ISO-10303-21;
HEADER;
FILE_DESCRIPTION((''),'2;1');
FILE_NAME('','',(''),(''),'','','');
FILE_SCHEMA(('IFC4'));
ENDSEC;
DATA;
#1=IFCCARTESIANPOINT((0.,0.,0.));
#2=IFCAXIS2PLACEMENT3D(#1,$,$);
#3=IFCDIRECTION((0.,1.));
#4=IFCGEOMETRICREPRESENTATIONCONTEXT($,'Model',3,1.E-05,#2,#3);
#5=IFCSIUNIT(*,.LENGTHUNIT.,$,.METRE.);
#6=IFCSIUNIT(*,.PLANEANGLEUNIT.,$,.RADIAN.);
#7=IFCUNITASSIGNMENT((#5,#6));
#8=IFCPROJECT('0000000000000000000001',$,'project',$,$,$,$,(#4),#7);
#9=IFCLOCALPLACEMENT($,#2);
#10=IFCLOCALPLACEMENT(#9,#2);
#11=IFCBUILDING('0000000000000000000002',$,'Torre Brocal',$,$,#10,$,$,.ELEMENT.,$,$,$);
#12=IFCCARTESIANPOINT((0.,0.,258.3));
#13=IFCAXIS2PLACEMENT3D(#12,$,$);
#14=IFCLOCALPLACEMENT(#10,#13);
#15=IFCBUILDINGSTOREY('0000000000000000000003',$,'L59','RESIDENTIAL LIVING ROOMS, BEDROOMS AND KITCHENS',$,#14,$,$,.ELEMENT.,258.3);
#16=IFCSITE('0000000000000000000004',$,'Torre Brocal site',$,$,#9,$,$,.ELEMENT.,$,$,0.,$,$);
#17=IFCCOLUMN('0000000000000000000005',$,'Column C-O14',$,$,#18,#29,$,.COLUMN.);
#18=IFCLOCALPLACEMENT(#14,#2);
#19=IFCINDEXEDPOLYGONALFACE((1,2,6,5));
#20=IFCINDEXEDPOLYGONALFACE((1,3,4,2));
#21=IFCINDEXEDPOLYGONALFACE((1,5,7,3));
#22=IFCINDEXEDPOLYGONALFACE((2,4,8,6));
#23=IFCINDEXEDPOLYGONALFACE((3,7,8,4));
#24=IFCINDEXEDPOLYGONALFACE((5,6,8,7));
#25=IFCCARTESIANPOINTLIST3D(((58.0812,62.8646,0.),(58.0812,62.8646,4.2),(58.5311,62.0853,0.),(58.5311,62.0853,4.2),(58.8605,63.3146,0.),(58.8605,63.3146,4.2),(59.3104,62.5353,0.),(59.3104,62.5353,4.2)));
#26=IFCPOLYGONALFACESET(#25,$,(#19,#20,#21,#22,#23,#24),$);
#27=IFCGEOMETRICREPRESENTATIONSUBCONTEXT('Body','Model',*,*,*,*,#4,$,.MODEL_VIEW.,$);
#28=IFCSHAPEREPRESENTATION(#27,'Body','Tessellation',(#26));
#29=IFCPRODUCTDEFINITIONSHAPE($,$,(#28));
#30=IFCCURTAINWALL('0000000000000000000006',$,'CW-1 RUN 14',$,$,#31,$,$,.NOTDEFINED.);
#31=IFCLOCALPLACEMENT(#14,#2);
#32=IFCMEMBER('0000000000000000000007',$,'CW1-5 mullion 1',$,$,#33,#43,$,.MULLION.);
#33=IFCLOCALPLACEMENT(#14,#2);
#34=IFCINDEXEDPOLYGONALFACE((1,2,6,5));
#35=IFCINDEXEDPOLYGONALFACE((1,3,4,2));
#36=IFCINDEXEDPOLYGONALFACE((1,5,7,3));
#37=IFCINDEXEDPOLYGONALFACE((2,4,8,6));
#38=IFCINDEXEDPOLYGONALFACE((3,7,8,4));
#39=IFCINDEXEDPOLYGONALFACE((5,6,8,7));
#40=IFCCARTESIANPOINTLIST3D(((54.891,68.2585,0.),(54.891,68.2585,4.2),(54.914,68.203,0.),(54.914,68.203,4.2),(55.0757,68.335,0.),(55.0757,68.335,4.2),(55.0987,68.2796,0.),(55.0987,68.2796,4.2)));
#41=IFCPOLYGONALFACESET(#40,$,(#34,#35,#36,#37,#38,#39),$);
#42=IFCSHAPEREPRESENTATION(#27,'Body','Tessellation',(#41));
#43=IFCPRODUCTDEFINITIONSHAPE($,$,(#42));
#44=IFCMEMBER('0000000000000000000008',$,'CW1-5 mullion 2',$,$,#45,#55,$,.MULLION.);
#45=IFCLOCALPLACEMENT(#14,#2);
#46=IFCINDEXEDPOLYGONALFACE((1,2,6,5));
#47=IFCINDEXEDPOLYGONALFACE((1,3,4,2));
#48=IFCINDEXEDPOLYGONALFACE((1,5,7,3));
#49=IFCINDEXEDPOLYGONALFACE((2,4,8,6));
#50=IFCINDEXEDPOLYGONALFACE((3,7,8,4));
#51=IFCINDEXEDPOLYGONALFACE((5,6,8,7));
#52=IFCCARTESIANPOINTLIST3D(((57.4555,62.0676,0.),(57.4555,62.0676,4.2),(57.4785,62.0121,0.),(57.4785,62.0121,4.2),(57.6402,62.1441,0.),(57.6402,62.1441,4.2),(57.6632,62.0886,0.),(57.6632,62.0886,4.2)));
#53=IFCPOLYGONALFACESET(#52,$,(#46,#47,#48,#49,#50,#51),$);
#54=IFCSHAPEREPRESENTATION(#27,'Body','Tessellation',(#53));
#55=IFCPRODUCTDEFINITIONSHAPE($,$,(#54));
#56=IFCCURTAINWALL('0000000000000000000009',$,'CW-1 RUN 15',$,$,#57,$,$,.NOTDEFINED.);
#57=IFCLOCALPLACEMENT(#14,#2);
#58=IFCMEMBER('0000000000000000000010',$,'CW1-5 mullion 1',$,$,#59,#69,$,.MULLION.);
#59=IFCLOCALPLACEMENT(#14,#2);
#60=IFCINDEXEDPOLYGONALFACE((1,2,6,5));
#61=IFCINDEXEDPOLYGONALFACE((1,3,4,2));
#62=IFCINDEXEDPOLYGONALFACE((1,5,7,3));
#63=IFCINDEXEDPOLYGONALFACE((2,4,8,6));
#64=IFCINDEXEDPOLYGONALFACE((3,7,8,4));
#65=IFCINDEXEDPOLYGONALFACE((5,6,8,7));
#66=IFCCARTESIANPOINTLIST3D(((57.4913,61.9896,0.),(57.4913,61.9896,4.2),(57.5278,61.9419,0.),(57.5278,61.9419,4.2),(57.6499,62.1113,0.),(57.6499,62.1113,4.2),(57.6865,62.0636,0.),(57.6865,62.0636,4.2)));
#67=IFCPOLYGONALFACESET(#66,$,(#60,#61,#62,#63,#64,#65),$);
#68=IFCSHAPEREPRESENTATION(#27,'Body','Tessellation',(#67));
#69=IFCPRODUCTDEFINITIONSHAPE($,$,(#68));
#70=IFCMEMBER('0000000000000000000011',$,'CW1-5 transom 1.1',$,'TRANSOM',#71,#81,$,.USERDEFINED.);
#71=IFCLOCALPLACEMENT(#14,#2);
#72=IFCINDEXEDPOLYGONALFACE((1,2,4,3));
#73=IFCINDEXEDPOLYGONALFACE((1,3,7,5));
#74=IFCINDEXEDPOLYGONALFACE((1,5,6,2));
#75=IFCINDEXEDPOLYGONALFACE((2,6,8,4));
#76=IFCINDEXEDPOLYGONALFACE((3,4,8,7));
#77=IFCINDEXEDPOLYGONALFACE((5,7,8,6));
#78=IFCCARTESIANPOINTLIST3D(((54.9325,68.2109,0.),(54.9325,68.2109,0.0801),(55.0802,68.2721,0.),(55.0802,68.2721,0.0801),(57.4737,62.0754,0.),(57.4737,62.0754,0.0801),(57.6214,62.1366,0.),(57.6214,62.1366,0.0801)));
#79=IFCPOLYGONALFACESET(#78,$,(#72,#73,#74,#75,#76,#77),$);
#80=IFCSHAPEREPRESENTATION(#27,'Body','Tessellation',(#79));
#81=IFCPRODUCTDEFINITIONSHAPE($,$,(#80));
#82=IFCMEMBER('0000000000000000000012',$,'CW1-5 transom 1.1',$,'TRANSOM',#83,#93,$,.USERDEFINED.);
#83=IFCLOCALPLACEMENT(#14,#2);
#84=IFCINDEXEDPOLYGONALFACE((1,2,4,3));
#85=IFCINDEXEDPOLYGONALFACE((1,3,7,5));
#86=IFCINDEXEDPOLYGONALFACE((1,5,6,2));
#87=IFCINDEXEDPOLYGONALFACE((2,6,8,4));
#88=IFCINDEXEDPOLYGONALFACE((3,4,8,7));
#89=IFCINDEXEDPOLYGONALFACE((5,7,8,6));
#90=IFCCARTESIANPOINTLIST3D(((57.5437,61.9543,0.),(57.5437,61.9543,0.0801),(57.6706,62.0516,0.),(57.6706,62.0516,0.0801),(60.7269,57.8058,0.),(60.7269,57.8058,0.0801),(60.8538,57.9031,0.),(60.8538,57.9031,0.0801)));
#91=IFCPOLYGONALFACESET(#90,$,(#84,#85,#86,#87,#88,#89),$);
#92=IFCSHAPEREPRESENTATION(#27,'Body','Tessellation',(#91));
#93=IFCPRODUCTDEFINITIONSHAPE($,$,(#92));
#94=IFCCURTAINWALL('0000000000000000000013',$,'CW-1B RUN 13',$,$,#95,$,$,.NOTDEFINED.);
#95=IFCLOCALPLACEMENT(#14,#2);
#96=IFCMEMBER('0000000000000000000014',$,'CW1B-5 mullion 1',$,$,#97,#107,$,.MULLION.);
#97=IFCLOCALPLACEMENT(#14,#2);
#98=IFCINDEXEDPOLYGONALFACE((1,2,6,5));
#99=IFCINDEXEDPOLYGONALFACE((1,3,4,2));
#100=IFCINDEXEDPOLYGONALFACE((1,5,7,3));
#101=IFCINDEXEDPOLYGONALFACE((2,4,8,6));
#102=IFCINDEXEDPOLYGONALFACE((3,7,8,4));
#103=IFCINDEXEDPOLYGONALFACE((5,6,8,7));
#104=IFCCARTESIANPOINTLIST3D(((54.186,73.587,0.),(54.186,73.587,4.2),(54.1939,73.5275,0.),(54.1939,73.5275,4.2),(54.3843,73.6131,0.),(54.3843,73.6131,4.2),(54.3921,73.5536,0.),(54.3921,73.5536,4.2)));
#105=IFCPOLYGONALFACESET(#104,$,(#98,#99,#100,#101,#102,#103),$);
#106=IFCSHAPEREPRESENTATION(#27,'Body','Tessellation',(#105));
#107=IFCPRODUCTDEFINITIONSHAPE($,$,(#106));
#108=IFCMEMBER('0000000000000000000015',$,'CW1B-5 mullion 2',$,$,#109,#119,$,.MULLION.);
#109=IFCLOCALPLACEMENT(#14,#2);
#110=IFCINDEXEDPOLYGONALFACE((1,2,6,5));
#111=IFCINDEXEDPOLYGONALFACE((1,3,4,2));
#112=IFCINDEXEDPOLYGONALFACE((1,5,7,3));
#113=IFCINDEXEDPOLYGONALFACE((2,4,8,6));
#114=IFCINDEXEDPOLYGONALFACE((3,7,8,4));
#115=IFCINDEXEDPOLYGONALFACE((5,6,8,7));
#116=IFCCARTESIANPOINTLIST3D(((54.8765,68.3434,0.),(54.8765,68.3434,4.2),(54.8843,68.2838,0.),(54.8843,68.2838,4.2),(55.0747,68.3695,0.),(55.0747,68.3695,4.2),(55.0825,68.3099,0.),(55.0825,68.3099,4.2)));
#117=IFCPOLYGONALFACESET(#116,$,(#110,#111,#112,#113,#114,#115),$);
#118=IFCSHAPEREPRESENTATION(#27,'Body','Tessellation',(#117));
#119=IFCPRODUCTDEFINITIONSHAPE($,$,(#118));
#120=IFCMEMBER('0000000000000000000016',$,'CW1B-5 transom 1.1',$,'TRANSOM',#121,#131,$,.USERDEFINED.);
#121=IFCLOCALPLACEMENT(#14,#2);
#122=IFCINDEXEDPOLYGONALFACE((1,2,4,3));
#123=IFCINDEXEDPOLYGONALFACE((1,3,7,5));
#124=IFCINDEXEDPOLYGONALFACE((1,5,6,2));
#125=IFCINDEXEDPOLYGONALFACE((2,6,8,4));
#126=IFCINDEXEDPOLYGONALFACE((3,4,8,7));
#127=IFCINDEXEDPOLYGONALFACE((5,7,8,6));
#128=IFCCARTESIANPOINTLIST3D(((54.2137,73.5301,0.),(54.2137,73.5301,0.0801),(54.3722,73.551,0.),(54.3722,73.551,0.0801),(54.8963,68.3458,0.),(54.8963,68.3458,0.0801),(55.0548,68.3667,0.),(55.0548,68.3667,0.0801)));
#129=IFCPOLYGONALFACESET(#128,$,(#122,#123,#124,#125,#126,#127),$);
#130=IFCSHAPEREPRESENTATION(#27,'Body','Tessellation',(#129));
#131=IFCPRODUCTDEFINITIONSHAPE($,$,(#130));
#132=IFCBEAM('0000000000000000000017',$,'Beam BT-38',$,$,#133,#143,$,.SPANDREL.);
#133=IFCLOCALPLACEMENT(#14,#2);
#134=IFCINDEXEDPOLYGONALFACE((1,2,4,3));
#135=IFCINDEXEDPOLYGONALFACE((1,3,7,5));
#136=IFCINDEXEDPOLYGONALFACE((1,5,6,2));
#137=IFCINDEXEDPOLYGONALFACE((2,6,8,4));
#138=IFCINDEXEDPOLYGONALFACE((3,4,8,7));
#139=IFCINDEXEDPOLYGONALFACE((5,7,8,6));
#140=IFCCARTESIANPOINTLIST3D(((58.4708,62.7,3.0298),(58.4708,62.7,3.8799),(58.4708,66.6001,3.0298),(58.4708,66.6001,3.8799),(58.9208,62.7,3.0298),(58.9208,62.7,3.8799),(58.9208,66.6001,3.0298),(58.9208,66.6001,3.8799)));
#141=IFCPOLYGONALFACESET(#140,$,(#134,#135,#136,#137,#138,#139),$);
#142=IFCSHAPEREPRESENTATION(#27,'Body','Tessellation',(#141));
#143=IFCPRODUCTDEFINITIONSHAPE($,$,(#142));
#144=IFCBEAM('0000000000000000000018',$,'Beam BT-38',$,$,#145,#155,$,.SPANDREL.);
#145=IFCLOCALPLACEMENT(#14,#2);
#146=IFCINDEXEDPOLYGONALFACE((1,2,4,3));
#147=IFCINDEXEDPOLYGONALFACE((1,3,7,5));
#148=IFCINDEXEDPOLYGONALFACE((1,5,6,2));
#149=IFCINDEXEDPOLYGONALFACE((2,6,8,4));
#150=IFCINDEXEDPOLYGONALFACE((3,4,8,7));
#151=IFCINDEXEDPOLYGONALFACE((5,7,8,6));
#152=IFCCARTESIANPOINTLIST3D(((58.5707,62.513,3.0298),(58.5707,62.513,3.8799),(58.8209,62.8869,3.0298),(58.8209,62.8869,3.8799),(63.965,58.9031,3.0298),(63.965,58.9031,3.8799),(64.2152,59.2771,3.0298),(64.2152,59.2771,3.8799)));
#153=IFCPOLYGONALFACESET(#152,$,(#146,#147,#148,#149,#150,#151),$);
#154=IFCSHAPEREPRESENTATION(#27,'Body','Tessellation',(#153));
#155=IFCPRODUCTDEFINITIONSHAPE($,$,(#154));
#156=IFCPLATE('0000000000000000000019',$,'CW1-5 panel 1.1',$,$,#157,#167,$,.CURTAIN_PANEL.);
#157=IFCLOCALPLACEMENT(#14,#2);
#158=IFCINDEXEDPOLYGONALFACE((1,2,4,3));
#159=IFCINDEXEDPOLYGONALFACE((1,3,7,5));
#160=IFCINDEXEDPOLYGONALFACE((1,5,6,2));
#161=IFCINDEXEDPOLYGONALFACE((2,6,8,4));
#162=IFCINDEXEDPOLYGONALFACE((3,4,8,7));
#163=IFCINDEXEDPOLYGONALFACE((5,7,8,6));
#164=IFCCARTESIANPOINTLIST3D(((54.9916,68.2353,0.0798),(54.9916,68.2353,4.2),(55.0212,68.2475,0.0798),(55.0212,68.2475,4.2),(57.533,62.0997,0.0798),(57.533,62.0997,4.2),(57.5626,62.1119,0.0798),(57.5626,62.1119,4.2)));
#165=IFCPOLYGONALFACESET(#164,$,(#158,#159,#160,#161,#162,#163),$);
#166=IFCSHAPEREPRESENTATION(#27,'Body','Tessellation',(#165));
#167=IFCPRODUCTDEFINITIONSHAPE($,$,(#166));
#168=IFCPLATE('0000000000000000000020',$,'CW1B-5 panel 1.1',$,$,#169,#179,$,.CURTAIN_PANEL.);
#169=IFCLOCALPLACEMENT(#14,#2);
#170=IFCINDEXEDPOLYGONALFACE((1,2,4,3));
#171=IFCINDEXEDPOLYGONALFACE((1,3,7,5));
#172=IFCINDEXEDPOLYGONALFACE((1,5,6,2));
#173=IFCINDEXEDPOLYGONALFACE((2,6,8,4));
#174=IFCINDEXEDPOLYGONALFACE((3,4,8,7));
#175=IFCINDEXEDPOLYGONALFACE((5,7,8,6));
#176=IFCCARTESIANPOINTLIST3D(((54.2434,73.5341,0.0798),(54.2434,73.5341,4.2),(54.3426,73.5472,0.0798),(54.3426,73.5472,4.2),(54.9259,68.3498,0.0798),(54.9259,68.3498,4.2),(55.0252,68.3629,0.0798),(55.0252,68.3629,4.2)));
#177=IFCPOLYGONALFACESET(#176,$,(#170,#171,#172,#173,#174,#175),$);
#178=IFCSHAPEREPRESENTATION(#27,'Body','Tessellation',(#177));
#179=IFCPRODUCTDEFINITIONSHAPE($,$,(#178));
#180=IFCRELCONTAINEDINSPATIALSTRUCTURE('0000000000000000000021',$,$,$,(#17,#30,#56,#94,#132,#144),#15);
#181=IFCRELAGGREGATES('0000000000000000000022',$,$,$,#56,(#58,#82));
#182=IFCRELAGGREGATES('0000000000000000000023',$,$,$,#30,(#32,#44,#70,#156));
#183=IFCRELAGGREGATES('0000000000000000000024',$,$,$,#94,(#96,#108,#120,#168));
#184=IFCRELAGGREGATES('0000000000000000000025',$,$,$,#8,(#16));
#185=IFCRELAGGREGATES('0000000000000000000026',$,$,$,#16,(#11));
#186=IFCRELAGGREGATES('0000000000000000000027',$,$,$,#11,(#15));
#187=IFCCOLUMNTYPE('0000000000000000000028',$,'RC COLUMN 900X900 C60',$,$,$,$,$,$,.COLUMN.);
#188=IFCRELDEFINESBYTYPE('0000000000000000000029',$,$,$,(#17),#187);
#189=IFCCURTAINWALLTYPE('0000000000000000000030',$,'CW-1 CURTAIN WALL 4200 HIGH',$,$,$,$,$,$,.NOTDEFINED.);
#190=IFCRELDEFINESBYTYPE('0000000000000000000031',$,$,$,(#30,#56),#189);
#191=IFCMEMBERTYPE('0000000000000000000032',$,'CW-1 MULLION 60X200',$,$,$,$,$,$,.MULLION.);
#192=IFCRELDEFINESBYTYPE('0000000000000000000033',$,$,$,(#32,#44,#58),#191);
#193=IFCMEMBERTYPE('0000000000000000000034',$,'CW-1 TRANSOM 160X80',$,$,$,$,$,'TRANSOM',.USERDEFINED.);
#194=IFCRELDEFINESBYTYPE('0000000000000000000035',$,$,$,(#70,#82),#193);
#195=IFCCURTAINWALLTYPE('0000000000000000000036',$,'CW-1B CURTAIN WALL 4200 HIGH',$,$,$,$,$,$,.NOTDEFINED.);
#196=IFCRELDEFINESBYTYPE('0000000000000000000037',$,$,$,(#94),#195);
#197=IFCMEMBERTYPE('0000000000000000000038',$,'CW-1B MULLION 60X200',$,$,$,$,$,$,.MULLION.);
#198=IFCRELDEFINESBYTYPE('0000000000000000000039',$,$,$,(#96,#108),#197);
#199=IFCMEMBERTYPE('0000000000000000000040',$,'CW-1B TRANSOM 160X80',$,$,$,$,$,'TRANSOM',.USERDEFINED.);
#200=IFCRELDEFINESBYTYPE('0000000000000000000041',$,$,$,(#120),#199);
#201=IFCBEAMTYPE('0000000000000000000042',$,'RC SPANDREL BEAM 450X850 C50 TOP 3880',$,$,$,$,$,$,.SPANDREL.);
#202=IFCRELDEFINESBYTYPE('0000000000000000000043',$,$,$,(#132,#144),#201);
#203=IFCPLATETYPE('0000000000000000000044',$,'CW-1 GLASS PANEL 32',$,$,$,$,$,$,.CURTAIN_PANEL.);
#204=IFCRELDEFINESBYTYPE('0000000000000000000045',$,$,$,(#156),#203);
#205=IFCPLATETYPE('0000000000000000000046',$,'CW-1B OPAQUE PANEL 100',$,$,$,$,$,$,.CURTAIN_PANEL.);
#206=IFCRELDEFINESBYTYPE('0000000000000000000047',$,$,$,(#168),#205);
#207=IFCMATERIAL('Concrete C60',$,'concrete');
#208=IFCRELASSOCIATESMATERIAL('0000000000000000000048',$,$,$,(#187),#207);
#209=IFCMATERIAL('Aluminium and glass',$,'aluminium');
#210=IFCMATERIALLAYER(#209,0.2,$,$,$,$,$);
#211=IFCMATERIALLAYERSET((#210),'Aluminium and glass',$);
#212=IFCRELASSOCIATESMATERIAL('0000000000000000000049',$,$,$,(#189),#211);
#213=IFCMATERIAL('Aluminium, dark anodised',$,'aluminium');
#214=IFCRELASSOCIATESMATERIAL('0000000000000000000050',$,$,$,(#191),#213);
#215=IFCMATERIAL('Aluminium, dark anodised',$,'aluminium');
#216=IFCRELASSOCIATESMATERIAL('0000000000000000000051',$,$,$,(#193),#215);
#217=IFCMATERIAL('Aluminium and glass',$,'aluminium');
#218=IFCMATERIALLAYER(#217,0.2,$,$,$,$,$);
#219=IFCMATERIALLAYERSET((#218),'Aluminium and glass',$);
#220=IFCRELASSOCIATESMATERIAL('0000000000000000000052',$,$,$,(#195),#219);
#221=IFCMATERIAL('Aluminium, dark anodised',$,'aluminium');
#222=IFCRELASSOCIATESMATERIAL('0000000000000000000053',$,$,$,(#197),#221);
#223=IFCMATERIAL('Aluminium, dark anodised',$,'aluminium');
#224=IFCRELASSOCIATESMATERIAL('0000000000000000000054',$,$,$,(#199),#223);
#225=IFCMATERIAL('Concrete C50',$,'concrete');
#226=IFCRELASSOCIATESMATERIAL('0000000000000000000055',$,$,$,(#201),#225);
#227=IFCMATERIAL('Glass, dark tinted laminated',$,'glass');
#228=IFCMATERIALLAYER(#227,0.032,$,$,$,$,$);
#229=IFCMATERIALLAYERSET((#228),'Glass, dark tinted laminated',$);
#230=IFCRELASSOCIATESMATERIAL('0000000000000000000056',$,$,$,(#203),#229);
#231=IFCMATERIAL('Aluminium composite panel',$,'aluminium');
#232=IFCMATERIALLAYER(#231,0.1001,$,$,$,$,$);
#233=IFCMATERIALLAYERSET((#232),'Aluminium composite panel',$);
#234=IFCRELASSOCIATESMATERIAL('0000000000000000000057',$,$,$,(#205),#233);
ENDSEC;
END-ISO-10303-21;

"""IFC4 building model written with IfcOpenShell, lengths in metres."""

from ifc_helpers import new_model, si_unit, direction, frame, origin, origin_2d, place, context, subcontext, project, spatial, rectangle, extrude, material, layer, layer_set, material_profile, profile_set, type_object, element, aggregate, save


model = new_model("IFC4")

# Units and contexts
model_context = context("Model", 3, precision=1e-05, world=origin(), true_north=direction((0.0, 1.0)))
body_context = subcontext(model_context, "Body", "Model", "MODEL_VIEW")
ifc_project = project(units=[si_unit("LENGTHUNIT", "METRE"), si_unit("PLANEANGLEUNIT", "RADIAN")], contexts=[model_context])

# Site, building, storey
site_placement = place(None, origin())
site = spatial("IfcSite", under=ifc_project, at=site_placement, Name="Torre Brocal site", CompositionType="ELEMENT", RefElevation=0.0)
building_placement = place(site_placement, origin())
building = spatial("IfcBuilding", under=site, at=building_placement, Name="Torre Brocal", CompositionType="ELEMENT")
storey_placement = place(building_placement, frame((0.0, 0.0, 258.3)))
storey = spatial("IfcBuildingStorey", under=building, at=storey_placement, Name="L59", Description="RESIDENTIAL LIVING ROOMS, BEDROOMS AND KITCHENS", CompositionType="ELEMENT", Elevation=258.3)

# Column
ifc_material_1 = material(Name="Concrete C60", Category="concrete")
ifc_material_profile_1 = material_profile(ifc_material_1, rectangle(XDim=0.8999, YDim=0.8999, at=origin_2d()), Name="RC 900X900")
ifc_profile_set_1 = profile_set([ifc_material_profile_1], Name="Concrete C60")
column_type = type_object("IfcColumnType", Name="RC COLUMN 900X900 C60", PredefinedType="COLUMN", material=ifc_profile_set_1)
column_placement = place(storey_placement, frame((58.6958, 62.7, 0.0), z_axis=(0.0, 0.0, 1.0), x_axis=(-0.866025, -0.5, 0.0)))
element("IfcColumn", 1, at=column_placement, inside=storey, type_object=column_type, Name="Column C-O14", PredefinedType="COLUMN", context=body_context, shape_type="SweptSolid", body=[
    extrude(rectangle(XDim=0.8999, YDim=0.8999, at=origin_2d()), origin(), (0.0, 0.0, 1.0), 4.2),
])

# Curtain wall, members
ifc_material_2 = material(Name="Aluminium and glass", Category="aluminium")
ifc_layer_1 = layer(ifc_material_2, 0.2)
ifc_layer_set_1 = layer_set([ifc_layer_1], Name="Aluminium and glass")
curtain_wall_type_1 = type_object("IfcCurtainWallType", Name="CW-1 CURTAIN WALL 4200 HIGH", PredefinedType="NOTDEFINED", material=ifc_layer_set_1)
curtain_wall_1_placement = place(storey_placement, origin())
curtain_wall_1 = element("IfcCurtainWall", 2, at=curtain_wall_1_placement, inside=storey, type_object=curtain_wall_type_1, Name="CW-1 RUN 14", PredefinedType="NOTDEFINED")
ifc_material_3 = material(Name="Aluminium, dark anodised", Category="aluminium")
ifc_material_profile_2 = material_profile(ifc_material_3, rectangle(XDim=0.2, YDim=0.0601, at=origin_2d()), Name="CW-1 MULLION 60X200")
ifc_profile_set_2 = profile_set([ifc_material_profile_2], Name="Aluminium, dark anodised")
member_type_1 = type_object("IfcMemberType", Name="CW-1 MULLION 60X200", PredefinedType="MULLION", material=ifc_profile_set_2)
member_1_placement = place(storey_placement, frame((54.9949, 68.269, 0.0), z_axis=(0.0, 0.0, 1.0), x_axis=(0.92388, 0.382683, 0.0)))
member_1 = element("IfcMember", 3, at=member_1_placement, type_object=member_type_1, Name="CW1-5 mullion 1", PredefinedType="MULLION", context=body_context, shape_type="SweptSolid", body=[
    extrude(rectangle(XDim=0.2, YDim=0.0601, at=origin_2d()), origin(), (0.0, 0.0, 1.0), 4.2),
])
member_2_placement = place(storey_placement, frame((57.5593, 62.0781, 0.0), z_axis=(0.0, 0.0, 1.0), x_axis=(0.92388, 0.382683, 0.0)))
member_2 = element("IfcMember", 4, at=member_2_placement, type_object=member_type_1, Name="CW1-5 mullion 2", PredefinedType="MULLION", context=body_context, shape_type="SweptSolid", body=[
    extrude(rectangle(XDim=0.2, YDim=0.0601, at=origin_2d()), origin(), (0.0, 0.0, 1.0), 4.2),
])

# Curtain wall, member
curtain_wall_2_placement = place(storey_placement, origin())
curtain_wall_2 = element("IfcCurtainWall", 5, at=curtain_wall_2_placement, inside=storey, type_object=curtain_wall_type_1, Name="CW-1 RUN 15", PredefinedType="NOTDEFINED")
member_3_placement = place(storey_placement, frame((57.5889, 62.0266, 0.0), z_axis=(0.0, 0.0, 1.0), x_axis=(0.793353, 0.608761, 0.0)))
member_3 = element("IfcMember", 6, at=member_3_placement, type_object=member_type_1, Name="CW1-5 mullion 1", PredefinedType="MULLION", context=body_context, shape_type="SweptSolid", body=[
    extrude(rectangle(XDim=0.2, YDim=0.0601, at=origin_2d()), origin(), (0.0, 0.0, 1.0), 4.2),
])

# Members
ifc_material_4 = material(Name="Aluminium, dark anodised", Category="aluminium")
ifc_material_profile_3 = material_profile(ifc_material_4, rectangle(XDim=0.1599, YDim=0.0801, at=origin_2d()), Name="CW-1 TRANSOM 160X80")
ifc_profile_set_3 = profile_set([ifc_material_profile_3], Name="Aluminium, dark anodised")
member_type_2 = type_object("IfcMemberType", Name="CW-1 TRANSOM 160X80", ElementType="TRANSOM", PredefinedType="USERDEFINED", material=ifc_profile_set_3)
member_4_placement = place(storey_placement, frame((55.0063, 68.2415, 0.04), z_axis=(0.382665, -0.923887, 0.0), x_axis=(0.923887, 0.382665, 0.0)))
member_4 = element("IfcMember", 7, at=member_4_placement, type_object=member_type_2, Name="CW1-5 transom 1.1", ObjectType="TRANSOM", PredefinedType="USERDEFINED", context=body_context, shape_type="SweptSolid", body=[
    extrude(rectangle(XDim=0.1599, YDim=0.0801, at=origin_2d()), origin(), (0.0, 0.0, 1.0), 6.6409),
])
member_5_placement = place(storey_placement, frame((57.6072, 62.0029, 0.04), z_axis=(0.608749, -0.793363, 0.0), x_axis=(0.793363, 0.608749, 0.0)))
member_5 = element("IfcMember", 8, at=member_5_placement, type_object=member_type_2, Name="CW1-5 transom 1.1", ObjectType="TRANSOM", PredefinedType="USERDEFINED", context=body_context, shape_type="SweptSolid", body=[
    extrude(rectangle(XDim=0.1599, YDim=0.0801, at=origin_2d()), origin(), (0.0, 0.0, 1.0), 5.229),
])
aggregate(curtain_wall_2, [member_3, member_5])

# Curtain wall, members
ifc_material_5 = material(Name="Aluminium and glass", Category="aluminium")
ifc_layer_2 = layer(ifc_material_5, 0.2)
ifc_layer_set_2 = layer_set([ifc_layer_2], Name="Aluminium and glass")
curtain_wall_type_2 = type_object("IfcCurtainWallType", Name="CW-1B CURTAIN WALL 4200 HIGH", PredefinedType="NOTDEFINED", material=ifc_layer_set_2)
curtain_wall_3_placement = place(storey_placement, origin())
curtain_wall_3 = element("IfcCurtainWall", 9, at=curtain_wall_3_placement, inside=storey, type_object=curtain_wall_type_2, Name="CW-1B RUN 13", PredefinedType="NOTDEFINED")
ifc_material_6 = material(Name="Aluminium, dark anodised", Category="aluminium")
ifc_material_profile_4 = material_profile(ifc_material_6, rectangle(XDim=0.2, YDim=0.0601, at=origin_2d()), Name="CW-1B MULLION 60X200")
ifc_profile_set_4 = profile_set([ifc_material_profile_4], Name="Aluminium, dark anodised")
member_type_3 = type_object("IfcMemberType", Name="CW-1B MULLION 60X200", PredefinedType="MULLION", material=ifc_profile_set_4)
member_6_placement = place(storey_placement, frame((54.2891, 73.5703, 0.0), z_axis=(0.0, 0.0, 1.0), x_axis=(0.991445, 0.130526, 0.0)))
member_6 = element("IfcMember", 10, at=member_6_placement, type_object=member_type_3, Name="CW1B-5 mullion 1", PredefinedType="MULLION", context=body_context, shape_type="SweptSolid", body=[
    extrude(rectangle(XDim=0.2, YDim=0.0601, at=origin_2d()), origin(), (0.0, 0.0, 1.0), 4.2),
])
member_7_placement = place(storey_placement, frame((54.9795, 68.3267, 0.0), z_axis=(0.0, 0.0, 1.0), x_axis=(0.991445, 0.130526, 0.0)))
member_7 = element("IfcMember", 11, at=member_7_placement, type_object=member_type_3, Name="CW1B-5 mullion 2", PredefinedType="MULLION", context=body_context, shape_type="SweptSolid", body=[
    extrude(rectangle(XDim=0.2, YDim=0.0601, at=origin_2d()), origin(), (0.0, 0.0, 1.0), 4.2),
])
ifc_material_7 = material(Name="Aluminium, dark anodised", Category="aluminium")
ifc_material_profile_5 = material_profile(ifc_material_7, rectangle(XDim=0.1599, YDim=0.0801, at=origin_2d()), Name="CW-1B TRANSOM 160X80")
ifc_profile_set_5 = profile_set([ifc_material_profile_5], Name="Aluminium, dark anodised")
member_type_4 = type_object("IfcMemberType", Name="CW-1B TRANSOM 160X80", ElementType="TRANSOM", PredefinedType="USERDEFINED", material=ifc_profile_set_5)
member_8_placement = place(storey_placement, frame((54.293, 73.5405, 0.04), z_axis=(0.130543, -0.991443, 0.0), x_axis=(0.991443, 0.130543, 0.0)))
member_8 = element("IfcMember", 12, at=member_8_placement, type_object=member_type_4, Name="CW1B-5 transom 1.1", ObjectType="TRANSOM", PredefinedType="USERDEFINED", context=body_context, shape_type="SweptSolid", body=[
    extrude(rectangle(XDim=0.1599, YDim=0.0801, at=origin_2d()), origin(), (0.0, 0.0, 1.0), 5.229),
])

# Beams
ifc_material_8 = material(Name="Concrete C50", Category="concrete")
ifc_material_profile_6 = material_profile(ifc_material_8, rectangle(XDim=0.45, YDim=0.8501, at=origin_2d()), Name="RC 450X850")
ifc_profile_set_6 = profile_set([ifc_material_profile_6], Name="Concrete C50")
beam_type = type_object("IfcBeamType", Name="RC SPANDREL BEAM 450X850 C50 TOP 3880", PredefinedType="SPANDREL", material=ifc_profile_set_6)
beam_1_placement = place(storey_placement, frame((58.6958, 62.7, 3.4548), z_axis=(0.0, 1.0, 0.0), x_axis=(-1.0, 0.0, 0.0)))
element("IfcBeam", 13, at=beam_1_placement, inside=storey, type_object=beam_type, Name="Beam BT-38", PredefinedType="SPANDREL", context=body_context, shape_type="SweptSolid", body=[
    extrude(rectangle(XDim=0.45, YDim=0.8501, at=origin_2d()), origin(), (0.0, 0.0, 1.0), 3.9001),
])
beam_2_placement = place(storey_placement, frame((58.6958, 62.7, 3.4548), z_axis=(0.831077, -0.556158, 0.0), x_axis=(0.556158, 0.831077, 0.0)))
element("IfcBeam", 14, at=beam_2_placement, inside=storey, type_object=beam_type, Name="Beam BT-38", PredefinedType="SPANDREL", context=body_context, shape_type="SweptSolid", body=[
    extrude(rectangle(XDim=0.45, YDim=0.8501, at=origin_2d()), origin(), (0.0, 0.0, 1.0), 6.4907),
])

# Plates
ifc_material_9 = material(Name="Glass, dark tinted laminated", Category="glass")
ifc_layer_3 = layer(ifc_material_9, 0.032)
ifc_layer_set_3 = layer_set([ifc_layer_3], Name="Glass, dark tinted laminated")
plate_type_1 = type_object("IfcPlateType", Name="CW-1 GLASS PANEL 32", PredefinedType="CURTAIN_PANEL", material=ifc_layer_set_3)
plate_1_placement = place(storey_placement, frame((56.2771, 65.1736, 0.0798), z_axis=(0.0, 0.0, 1.0), x_axis=(0.382683, -0.92388, 0.0)))
plate_1 = element("IfcPlate", 15, at=plate_1_placement, type_object=plate_type_1, Name="CW1-5 panel 1.1", PredefinedType="CURTAIN_PANEL", context=body_context, shape_type="SweptSolid", body=[
    extrude(rectangle(XDim=6.6411, YDim=0.032, at=origin_2d()), origin(), (0.0, 0.0, 1.0), 4.1201),
])
aggregate(curtain_wall_1, [member_1, member_2, member_4, plate_1])
ifc_material_10 = material(Name="Aluminium composite panel", Category="aluminium")
ifc_layer_4 = layer(ifc_material_10, 0.1001)
ifc_layer_set_4 = layer_set([ifc_layer_4], Name="Aluminium composite panel")
plate_type_2 = type_object("IfcPlateType", Name="CW-1B OPAQUE PANEL 100", PredefinedType="CURTAIN_PANEL", material=ifc_layer_set_4)
plate_2_placement = place(storey_placement, frame((54.6343, 70.9485, 0.0798), z_axis=(0.0, 0.0, 1.0), x_axis=(0.130526, -0.991445, 0.0)))
plate_2 = element("IfcPlate", 16, at=plate_2_placement, type_object=plate_type_2, Name="CW1B-5 panel 1.1", PredefinedType="CURTAIN_PANEL", context=body_context, shape_type="SweptSolid", body=[
    extrude(rectangle(XDim=5.229, YDim=0.1001, at=origin_2d()), origin(), (0.0, 0.0, 1.0), 4.1201),
])
aggregate(curtain_wall_3, [member_6, member_7, member_8, plate_2])

save(model, "model.ifc")
